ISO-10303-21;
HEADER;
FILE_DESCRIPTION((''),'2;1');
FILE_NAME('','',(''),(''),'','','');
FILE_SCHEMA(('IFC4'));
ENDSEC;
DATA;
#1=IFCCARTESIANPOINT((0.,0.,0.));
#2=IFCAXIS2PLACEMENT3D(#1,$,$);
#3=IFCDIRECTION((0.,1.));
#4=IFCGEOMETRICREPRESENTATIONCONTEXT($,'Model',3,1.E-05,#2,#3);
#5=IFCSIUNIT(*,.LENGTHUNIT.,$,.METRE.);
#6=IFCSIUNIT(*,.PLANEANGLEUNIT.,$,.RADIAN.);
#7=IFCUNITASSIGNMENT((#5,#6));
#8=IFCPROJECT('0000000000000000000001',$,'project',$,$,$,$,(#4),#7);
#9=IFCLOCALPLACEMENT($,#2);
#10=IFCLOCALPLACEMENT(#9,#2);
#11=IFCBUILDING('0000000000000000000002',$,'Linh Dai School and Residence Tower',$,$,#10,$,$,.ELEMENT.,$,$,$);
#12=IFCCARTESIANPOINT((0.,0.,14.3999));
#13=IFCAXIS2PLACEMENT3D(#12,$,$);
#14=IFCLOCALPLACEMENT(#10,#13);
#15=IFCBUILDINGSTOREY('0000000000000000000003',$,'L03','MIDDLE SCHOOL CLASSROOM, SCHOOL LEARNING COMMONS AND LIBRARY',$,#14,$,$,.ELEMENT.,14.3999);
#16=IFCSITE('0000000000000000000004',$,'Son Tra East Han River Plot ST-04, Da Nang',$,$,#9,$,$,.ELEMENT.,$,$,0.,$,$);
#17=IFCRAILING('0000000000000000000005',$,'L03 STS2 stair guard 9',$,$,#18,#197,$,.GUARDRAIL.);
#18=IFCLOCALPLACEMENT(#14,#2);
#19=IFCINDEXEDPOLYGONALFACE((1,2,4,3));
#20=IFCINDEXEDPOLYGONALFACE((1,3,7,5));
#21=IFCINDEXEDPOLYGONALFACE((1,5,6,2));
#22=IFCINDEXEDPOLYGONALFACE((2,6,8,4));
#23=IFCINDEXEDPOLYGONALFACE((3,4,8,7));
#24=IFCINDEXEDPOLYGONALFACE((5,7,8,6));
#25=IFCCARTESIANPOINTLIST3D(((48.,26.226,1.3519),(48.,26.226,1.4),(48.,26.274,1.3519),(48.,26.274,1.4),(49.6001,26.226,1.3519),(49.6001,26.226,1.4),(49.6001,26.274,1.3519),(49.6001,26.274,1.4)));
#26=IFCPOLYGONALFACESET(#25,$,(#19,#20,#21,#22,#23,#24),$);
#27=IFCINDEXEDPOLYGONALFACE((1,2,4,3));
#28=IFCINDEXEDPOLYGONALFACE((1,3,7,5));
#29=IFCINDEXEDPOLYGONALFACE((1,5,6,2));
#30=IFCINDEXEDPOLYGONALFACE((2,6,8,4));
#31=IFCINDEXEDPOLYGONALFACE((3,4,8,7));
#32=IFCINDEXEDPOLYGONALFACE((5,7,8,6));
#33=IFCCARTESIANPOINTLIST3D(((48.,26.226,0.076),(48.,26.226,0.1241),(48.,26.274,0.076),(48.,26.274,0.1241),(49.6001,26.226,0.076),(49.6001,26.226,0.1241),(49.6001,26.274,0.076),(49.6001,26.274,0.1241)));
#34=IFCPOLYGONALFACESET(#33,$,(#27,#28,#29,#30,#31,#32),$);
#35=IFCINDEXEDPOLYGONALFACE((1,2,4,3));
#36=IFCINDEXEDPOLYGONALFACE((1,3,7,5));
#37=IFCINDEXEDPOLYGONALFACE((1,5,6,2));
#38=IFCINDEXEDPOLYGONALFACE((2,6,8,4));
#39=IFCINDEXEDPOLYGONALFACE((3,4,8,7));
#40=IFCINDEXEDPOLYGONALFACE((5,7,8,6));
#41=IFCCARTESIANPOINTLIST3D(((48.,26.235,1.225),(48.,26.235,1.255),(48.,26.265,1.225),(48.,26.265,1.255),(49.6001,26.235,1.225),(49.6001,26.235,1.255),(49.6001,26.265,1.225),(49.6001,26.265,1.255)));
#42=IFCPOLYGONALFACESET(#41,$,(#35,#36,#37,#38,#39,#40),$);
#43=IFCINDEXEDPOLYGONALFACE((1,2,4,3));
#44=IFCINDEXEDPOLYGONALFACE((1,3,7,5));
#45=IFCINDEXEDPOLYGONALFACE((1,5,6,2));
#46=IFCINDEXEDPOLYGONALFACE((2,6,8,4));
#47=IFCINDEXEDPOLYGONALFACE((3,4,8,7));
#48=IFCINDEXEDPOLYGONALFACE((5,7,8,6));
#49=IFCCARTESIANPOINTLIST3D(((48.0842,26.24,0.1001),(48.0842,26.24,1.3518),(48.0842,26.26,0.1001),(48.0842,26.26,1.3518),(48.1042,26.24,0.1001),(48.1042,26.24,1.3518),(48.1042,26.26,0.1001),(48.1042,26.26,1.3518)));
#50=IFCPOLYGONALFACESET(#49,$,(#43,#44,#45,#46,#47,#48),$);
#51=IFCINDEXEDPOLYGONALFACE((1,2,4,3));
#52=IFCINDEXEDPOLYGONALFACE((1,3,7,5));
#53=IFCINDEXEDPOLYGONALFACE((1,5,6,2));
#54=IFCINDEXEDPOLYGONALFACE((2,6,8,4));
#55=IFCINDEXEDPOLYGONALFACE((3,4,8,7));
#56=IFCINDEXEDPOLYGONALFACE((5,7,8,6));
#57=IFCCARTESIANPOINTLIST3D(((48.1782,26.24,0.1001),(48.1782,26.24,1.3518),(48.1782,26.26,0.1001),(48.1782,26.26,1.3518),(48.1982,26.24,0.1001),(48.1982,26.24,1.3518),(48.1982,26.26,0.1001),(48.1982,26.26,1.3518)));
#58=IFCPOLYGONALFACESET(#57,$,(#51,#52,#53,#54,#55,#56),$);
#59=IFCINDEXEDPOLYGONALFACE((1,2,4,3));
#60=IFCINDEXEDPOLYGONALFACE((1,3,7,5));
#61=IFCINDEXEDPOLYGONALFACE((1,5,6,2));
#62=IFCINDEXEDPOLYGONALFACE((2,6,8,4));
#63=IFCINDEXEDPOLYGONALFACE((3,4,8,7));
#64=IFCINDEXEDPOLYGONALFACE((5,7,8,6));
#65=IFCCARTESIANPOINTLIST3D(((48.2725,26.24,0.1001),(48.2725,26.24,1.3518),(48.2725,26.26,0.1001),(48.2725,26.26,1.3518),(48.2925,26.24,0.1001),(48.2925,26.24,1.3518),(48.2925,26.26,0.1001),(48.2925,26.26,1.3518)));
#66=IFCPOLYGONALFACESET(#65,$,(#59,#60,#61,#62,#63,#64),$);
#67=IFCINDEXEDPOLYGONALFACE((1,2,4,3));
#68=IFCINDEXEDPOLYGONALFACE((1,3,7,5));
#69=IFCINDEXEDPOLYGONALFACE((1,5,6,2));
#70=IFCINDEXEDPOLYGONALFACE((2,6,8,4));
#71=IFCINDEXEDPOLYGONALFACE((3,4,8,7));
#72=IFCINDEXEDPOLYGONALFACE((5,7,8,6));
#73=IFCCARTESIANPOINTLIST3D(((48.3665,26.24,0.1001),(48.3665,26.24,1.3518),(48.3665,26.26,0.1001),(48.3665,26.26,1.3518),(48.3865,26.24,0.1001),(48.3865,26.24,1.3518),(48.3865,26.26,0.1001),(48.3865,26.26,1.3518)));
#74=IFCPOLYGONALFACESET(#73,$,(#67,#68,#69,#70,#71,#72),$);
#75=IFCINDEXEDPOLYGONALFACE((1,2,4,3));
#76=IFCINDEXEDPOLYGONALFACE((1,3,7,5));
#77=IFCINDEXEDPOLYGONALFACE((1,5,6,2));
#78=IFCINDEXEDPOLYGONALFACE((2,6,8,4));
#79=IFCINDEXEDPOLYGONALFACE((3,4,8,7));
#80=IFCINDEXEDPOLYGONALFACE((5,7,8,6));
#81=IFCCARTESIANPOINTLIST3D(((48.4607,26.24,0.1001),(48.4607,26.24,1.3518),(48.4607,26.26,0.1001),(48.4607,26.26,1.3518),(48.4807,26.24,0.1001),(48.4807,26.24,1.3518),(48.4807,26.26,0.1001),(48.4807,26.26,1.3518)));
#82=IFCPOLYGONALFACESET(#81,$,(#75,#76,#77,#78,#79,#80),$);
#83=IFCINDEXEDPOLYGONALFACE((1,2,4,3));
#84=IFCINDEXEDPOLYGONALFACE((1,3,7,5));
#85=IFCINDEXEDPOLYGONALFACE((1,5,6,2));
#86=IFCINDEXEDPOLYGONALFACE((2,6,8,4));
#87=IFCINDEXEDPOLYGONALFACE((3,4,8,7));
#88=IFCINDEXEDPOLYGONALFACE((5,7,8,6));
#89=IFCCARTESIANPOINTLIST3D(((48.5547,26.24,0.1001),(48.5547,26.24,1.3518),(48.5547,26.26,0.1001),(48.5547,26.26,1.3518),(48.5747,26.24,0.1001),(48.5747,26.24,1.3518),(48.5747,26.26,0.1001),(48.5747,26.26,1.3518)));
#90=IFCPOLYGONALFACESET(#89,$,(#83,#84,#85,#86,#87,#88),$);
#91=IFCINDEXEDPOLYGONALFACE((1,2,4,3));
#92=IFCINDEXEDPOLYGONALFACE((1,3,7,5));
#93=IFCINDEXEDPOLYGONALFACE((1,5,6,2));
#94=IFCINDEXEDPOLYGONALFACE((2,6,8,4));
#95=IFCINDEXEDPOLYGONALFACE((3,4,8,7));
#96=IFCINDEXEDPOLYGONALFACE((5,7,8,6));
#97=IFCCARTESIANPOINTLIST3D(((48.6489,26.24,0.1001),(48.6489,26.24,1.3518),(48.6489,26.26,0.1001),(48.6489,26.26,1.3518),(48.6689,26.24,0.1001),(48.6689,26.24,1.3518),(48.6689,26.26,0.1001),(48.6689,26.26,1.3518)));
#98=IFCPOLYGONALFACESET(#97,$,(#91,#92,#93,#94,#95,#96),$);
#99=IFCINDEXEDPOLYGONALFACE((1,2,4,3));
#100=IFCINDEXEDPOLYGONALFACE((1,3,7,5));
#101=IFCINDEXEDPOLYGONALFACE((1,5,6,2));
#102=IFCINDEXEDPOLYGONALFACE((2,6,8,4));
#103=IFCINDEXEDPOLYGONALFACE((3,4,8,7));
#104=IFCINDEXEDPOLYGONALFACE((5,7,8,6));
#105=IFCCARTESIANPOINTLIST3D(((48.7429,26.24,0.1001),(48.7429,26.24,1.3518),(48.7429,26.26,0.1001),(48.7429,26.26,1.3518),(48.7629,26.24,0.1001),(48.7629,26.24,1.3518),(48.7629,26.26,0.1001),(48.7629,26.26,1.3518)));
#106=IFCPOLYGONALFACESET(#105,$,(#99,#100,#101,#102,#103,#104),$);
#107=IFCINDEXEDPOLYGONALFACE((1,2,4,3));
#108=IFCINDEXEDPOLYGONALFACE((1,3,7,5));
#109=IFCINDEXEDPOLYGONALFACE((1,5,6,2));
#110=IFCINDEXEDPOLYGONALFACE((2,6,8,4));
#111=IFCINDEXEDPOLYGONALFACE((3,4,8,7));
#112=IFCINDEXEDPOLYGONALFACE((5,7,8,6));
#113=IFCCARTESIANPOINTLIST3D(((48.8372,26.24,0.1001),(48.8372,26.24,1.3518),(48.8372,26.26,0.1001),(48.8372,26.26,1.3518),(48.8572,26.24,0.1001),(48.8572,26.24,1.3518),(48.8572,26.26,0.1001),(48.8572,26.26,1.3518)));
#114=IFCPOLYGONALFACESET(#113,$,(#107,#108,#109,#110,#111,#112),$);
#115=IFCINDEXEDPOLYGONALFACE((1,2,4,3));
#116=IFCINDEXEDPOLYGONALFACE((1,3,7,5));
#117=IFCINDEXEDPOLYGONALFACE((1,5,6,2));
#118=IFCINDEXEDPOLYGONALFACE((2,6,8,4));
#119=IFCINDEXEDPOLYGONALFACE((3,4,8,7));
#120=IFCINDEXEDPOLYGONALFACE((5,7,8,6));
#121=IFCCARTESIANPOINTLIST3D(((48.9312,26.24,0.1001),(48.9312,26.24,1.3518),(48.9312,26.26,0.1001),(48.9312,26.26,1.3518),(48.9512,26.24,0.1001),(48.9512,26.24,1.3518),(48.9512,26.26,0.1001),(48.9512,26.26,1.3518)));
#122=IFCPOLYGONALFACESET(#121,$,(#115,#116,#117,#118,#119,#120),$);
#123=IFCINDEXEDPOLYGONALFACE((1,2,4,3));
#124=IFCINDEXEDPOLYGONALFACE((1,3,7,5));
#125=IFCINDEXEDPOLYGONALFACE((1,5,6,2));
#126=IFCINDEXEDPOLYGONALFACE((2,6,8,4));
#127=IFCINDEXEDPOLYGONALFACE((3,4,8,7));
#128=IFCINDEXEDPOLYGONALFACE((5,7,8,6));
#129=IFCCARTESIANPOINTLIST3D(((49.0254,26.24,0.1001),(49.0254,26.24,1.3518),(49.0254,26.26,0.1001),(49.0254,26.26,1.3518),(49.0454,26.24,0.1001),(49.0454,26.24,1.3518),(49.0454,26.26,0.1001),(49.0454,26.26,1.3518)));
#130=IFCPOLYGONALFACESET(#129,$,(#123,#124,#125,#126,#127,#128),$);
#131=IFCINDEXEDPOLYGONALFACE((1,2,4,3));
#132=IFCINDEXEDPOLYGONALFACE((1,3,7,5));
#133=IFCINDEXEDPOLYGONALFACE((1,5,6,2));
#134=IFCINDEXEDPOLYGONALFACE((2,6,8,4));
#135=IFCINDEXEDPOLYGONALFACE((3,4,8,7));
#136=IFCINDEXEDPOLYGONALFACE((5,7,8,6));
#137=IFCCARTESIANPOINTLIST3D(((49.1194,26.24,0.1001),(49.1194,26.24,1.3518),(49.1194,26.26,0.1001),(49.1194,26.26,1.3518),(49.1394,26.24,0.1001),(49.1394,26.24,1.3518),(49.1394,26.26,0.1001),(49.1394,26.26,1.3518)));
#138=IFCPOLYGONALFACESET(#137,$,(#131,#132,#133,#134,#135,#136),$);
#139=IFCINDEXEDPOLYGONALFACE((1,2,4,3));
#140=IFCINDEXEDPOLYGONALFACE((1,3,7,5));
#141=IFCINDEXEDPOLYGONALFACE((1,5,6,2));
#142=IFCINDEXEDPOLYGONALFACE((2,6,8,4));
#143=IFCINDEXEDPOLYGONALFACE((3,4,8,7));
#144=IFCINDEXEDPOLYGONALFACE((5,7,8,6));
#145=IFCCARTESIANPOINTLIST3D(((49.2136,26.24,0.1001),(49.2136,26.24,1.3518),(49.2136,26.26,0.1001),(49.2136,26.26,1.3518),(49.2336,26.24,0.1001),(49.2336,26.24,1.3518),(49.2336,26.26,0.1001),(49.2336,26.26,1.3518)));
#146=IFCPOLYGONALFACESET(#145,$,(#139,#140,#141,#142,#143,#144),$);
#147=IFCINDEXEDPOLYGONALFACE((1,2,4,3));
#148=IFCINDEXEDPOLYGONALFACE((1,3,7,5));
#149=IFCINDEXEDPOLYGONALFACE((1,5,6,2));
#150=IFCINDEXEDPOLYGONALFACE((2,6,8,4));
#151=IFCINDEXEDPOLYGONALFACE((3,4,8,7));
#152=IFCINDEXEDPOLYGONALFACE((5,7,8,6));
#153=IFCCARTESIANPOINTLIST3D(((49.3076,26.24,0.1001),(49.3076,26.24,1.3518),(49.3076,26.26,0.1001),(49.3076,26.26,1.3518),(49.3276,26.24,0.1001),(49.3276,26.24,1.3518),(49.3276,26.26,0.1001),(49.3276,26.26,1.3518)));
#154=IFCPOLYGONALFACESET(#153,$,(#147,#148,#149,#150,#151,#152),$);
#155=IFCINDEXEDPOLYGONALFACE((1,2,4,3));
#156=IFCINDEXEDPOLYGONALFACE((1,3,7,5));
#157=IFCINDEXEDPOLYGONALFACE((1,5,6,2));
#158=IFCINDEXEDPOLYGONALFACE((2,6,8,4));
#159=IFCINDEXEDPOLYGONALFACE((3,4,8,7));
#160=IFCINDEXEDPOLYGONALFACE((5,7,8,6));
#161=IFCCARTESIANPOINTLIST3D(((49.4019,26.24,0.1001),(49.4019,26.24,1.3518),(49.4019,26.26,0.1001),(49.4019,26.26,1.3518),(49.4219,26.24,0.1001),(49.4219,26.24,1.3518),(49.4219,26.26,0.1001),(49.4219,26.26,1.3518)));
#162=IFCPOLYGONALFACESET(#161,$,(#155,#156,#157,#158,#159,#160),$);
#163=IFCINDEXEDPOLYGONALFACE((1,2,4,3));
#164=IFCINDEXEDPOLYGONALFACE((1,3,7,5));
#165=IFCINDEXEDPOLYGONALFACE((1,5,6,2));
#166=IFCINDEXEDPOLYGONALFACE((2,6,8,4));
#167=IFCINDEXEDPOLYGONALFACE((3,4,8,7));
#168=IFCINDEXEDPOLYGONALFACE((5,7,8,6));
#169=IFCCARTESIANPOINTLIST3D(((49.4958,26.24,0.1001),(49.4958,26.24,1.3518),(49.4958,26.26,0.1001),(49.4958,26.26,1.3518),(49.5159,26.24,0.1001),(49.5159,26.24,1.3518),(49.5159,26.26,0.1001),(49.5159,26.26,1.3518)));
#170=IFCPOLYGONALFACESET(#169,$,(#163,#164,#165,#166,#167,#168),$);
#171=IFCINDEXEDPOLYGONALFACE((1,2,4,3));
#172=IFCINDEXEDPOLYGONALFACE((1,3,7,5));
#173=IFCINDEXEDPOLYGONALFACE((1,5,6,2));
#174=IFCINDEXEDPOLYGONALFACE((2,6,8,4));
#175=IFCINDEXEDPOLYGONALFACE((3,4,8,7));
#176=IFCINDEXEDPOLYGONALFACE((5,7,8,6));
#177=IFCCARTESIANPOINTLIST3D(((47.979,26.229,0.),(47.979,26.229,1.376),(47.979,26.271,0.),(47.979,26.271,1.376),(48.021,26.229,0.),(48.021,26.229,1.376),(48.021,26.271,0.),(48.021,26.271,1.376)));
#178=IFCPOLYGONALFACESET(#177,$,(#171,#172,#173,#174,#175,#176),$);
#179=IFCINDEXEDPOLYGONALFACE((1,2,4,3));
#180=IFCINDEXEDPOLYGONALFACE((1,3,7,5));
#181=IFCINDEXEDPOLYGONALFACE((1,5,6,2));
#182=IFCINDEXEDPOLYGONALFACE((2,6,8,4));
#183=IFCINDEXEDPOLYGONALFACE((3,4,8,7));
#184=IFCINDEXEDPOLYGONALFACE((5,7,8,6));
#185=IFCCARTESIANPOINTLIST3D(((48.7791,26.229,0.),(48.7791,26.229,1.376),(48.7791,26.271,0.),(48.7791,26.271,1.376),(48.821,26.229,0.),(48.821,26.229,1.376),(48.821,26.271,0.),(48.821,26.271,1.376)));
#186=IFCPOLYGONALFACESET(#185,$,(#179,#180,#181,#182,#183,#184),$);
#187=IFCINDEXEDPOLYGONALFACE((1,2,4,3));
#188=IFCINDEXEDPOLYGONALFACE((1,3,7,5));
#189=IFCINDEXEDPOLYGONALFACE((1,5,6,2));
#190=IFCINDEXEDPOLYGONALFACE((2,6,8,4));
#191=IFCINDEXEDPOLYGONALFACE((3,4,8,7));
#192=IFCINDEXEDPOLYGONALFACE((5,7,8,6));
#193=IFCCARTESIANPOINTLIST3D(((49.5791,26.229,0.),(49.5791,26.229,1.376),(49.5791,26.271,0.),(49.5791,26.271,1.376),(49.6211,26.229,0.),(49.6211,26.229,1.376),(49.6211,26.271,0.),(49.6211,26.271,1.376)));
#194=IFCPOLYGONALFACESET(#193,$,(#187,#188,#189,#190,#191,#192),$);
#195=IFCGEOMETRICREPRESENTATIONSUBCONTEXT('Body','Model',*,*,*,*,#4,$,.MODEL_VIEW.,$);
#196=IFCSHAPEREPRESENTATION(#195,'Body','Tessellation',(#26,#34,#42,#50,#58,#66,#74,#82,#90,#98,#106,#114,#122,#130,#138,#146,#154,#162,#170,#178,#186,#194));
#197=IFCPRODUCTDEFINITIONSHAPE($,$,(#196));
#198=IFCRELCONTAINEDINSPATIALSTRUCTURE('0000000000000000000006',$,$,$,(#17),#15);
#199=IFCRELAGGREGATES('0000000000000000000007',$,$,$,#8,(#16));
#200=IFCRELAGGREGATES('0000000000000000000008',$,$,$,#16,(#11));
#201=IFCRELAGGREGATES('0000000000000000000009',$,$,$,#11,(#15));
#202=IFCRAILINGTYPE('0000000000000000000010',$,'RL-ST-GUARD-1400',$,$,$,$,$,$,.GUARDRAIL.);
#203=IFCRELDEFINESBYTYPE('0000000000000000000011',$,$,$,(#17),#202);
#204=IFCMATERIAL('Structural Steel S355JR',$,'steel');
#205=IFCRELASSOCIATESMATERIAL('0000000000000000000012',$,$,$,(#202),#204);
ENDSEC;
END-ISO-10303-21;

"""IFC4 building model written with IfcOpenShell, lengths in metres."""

from ifc_helpers import new_model, si_unit, direction, frame, origin, origin_2d, place, context, subcontext, project, spatial, rectangle, extrude, source, transform, mapped, material, type_object, element, save


model = new_model("IFC4")

# Units and contexts
model_context = context("Model", 3, precision=1e-05, world=origin(), true_north=direction((0.0, 1.0)))
body_context = subcontext(model_context, "Body", "Model", "MODEL_VIEW")
ifc_project = project(units=[si_unit("LENGTHUNIT", "METRE"), si_unit("PLANEANGLEUNIT", "RADIAN")], contexts=[model_context])

# Site, building, storey
site_placement = place(None, origin())
site = spatial("IfcSite", under=ifc_project, at=site_placement, Name="Son Tra East Han River Plot ST-04, Da Nang", CompositionType="ELEMENT", RefElevation=0.0)
building_placement = place(site_placement, origin())
building = spatial("IfcBuilding", under=site, at=building_placement, Name="Linh Dai School and Residence Tower", CompositionType="ELEMENT")
storey_placement = place(building_placement, frame((0.0, 0.0, 14.3999)))
storey = spatial("IfcBuildingStorey", under=building, at=storey_placement, Name="L03", Description="MIDDLE SCHOOL CLASSROOM, SCHOOL LEARNING COMMONS AND LIBRARY", CompositionType="ELEMENT", Elevation=14.3999)

# Shared definitions
ifc_material_1 = material(Name="Structural Steel S355JR", Category="steel")

# Railing
railing_type_1 = type_object("IfcRailingType", Name="RL-ST-GUARD-1400", PredefinedType="GUARDRAIL", material=ifc_material_1)
shared_shape_1 = source(origin(), body_context, "Body", "SweptSolid", [
    extrude(rectangle(XDim=0.0481, YDim=0.0481, at=origin_2d()), frame((0.0, 0.0, 1.376), z_axis=(1.0, 0.0, 0.0), x_axis=(0.0, 1.0, 0.0)), (0.0, 0.0, 1.0), 1.6001),
    extrude(rectangle(XDim=0.0481, YDim=0.0481, at=origin_2d()), frame((0.0, 0.0, 0.1001), z_axis=(1.0, 0.0, 0.0), x_axis=(0.0, 1.0, 0.0)), (0.0, 0.0, 1.0), 1.6001),
    extrude(rectangle(XDim=0.03, YDim=0.03, at=origin_2d()), frame((0.0, 0.0, 1.24), z_axis=(1.0, 0.0, 0.0), x_axis=(0.0, 1.0, 0.0)), (0.0, 0.0, 1.0), 1.6001),
    extrude(rectangle(XDim=0.02, YDim=0.02, at=origin_2d()), frame((0.0942, 0.0, 0.1001)), (0.0, 0.0, 1.0), 1.2517),
    extrude(rectangle(XDim=0.02, YDim=0.02, at=origin_2d()), frame((0.1882, 0.0, 0.1001)), (0.0, 0.0, 1.0), 1.2517),
    extrude(rectangle(XDim=0.02, YDim=0.02, at=origin_2d()), frame((0.2825, 0.0, 0.1001)), (0.0, 0.0, 1.0), 1.2517),
    extrude(rectangle(XDim=0.02, YDim=0.02, at=origin_2d()), frame((0.3765, 0.0, 0.1001)), (0.0, 0.0, 1.0), 1.2517),
    extrude(rectangle(XDim=0.02, YDim=0.02, at=origin_2d()), frame((0.4707, 0.0, 0.1001)), (0.0, 0.0, 1.0), 1.2517),
    extrude(rectangle(XDim=0.02, YDim=0.02, at=origin_2d()), frame((0.5647, 0.0, 0.1001)), (0.0, 0.0, 1.0), 1.2517),
    extrude(rectangle(XDim=0.02, YDim=0.02, at=origin_2d()), frame((0.6589, 0.0, 0.1001)), (0.0, 0.0, 1.0), 1.2517),
    extrude(rectangle(XDim=0.02, YDim=0.02, at=origin_2d()), frame((0.7529, 0.0, 0.1001)), (0.0, 0.0, 1.0), 1.2517),
    extrude(rectangle(XDim=0.02, YDim=0.02, at=origin_2d()), frame((0.8472, 0.0, 0.1001)), (0.0, 0.0, 1.0), 1.2517),
    extrude(rectangle(XDim=0.02, YDim=0.02, at=origin_2d()), frame((0.9412, 0.0, 0.1001)), (0.0, 0.0, 1.0), 1.2517),
    extrude(rectangle(XDim=0.02, YDim=0.02, at=origin_2d()), frame((1.0354, 0.0, 0.1001)), (0.0, 0.0, 1.0), 1.2517),
    extrude(rectangle(XDim=0.02, YDim=0.02, at=origin_2d()), frame((1.1294, 0.0, 0.1001)), (0.0, 0.0, 1.0), 1.2517),
    extrude(rectangle(XDim=0.02, YDim=0.02, at=origin_2d()), frame((1.2236, 0.0, 0.1001)), (0.0, 0.0, 1.0), 1.2517),
    extrude(rectangle(XDim=0.02, YDim=0.02, at=origin_2d()), frame((1.3176, 0.0, 0.1001)), (0.0, 0.0, 1.0), 1.2517),
    extrude(rectangle(XDim=0.02, YDim=0.02, at=origin_2d()), frame((1.4119, 0.0, 0.1001)), (0.0, 0.0, 1.0), 1.2517),
    extrude(rectangle(XDim=0.02, YDim=0.02, at=origin_2d()), frame((1.5059, 0.0, 0.1001)), (0.0, 0.0, 1.0), 1.2517),
    extrude(rectangle(XDim=0.042, YDim=0.042, at=origin_2d()), origin(), (0.0, 0.0, 1.0), 1.376),
    extrude(rectangle(XDim=0.042, YDim=0.042, at=origin_2d()), frame((0.8, 0.0, 0.0)), (0.0, 0.0, 1.0), 1.376),
    extrude(rectangle(XDim=0.042, YDim=0.042, at=origin_2d()), frame((1.6001, 0.0, 0.0)), (0.0, 0.0, 1.0), 1.376),
])
railing_1_placement = place(storey_placement, frame((48.0, 26.25, 0.0)))
element("IfcRailing", 1, at=railing_1_placement, inside=storey, type_object=railing_type_1, Name="L03 STS2 stair guard 9", PredefinedType="GUARDRAIL", context=body_context, shape_type="MappedRepresentation", body=[
    mapped(shared_shape_1, transform((0.0, 0.0, 0.0), x_axis=(1.0, 0.0, 0.0), y_axis=(0.0, 1.0, 0.0), z_axis=(0.0, 0.0, 1.0), scale=1.0)),
])

save(model, "model.ifc")
